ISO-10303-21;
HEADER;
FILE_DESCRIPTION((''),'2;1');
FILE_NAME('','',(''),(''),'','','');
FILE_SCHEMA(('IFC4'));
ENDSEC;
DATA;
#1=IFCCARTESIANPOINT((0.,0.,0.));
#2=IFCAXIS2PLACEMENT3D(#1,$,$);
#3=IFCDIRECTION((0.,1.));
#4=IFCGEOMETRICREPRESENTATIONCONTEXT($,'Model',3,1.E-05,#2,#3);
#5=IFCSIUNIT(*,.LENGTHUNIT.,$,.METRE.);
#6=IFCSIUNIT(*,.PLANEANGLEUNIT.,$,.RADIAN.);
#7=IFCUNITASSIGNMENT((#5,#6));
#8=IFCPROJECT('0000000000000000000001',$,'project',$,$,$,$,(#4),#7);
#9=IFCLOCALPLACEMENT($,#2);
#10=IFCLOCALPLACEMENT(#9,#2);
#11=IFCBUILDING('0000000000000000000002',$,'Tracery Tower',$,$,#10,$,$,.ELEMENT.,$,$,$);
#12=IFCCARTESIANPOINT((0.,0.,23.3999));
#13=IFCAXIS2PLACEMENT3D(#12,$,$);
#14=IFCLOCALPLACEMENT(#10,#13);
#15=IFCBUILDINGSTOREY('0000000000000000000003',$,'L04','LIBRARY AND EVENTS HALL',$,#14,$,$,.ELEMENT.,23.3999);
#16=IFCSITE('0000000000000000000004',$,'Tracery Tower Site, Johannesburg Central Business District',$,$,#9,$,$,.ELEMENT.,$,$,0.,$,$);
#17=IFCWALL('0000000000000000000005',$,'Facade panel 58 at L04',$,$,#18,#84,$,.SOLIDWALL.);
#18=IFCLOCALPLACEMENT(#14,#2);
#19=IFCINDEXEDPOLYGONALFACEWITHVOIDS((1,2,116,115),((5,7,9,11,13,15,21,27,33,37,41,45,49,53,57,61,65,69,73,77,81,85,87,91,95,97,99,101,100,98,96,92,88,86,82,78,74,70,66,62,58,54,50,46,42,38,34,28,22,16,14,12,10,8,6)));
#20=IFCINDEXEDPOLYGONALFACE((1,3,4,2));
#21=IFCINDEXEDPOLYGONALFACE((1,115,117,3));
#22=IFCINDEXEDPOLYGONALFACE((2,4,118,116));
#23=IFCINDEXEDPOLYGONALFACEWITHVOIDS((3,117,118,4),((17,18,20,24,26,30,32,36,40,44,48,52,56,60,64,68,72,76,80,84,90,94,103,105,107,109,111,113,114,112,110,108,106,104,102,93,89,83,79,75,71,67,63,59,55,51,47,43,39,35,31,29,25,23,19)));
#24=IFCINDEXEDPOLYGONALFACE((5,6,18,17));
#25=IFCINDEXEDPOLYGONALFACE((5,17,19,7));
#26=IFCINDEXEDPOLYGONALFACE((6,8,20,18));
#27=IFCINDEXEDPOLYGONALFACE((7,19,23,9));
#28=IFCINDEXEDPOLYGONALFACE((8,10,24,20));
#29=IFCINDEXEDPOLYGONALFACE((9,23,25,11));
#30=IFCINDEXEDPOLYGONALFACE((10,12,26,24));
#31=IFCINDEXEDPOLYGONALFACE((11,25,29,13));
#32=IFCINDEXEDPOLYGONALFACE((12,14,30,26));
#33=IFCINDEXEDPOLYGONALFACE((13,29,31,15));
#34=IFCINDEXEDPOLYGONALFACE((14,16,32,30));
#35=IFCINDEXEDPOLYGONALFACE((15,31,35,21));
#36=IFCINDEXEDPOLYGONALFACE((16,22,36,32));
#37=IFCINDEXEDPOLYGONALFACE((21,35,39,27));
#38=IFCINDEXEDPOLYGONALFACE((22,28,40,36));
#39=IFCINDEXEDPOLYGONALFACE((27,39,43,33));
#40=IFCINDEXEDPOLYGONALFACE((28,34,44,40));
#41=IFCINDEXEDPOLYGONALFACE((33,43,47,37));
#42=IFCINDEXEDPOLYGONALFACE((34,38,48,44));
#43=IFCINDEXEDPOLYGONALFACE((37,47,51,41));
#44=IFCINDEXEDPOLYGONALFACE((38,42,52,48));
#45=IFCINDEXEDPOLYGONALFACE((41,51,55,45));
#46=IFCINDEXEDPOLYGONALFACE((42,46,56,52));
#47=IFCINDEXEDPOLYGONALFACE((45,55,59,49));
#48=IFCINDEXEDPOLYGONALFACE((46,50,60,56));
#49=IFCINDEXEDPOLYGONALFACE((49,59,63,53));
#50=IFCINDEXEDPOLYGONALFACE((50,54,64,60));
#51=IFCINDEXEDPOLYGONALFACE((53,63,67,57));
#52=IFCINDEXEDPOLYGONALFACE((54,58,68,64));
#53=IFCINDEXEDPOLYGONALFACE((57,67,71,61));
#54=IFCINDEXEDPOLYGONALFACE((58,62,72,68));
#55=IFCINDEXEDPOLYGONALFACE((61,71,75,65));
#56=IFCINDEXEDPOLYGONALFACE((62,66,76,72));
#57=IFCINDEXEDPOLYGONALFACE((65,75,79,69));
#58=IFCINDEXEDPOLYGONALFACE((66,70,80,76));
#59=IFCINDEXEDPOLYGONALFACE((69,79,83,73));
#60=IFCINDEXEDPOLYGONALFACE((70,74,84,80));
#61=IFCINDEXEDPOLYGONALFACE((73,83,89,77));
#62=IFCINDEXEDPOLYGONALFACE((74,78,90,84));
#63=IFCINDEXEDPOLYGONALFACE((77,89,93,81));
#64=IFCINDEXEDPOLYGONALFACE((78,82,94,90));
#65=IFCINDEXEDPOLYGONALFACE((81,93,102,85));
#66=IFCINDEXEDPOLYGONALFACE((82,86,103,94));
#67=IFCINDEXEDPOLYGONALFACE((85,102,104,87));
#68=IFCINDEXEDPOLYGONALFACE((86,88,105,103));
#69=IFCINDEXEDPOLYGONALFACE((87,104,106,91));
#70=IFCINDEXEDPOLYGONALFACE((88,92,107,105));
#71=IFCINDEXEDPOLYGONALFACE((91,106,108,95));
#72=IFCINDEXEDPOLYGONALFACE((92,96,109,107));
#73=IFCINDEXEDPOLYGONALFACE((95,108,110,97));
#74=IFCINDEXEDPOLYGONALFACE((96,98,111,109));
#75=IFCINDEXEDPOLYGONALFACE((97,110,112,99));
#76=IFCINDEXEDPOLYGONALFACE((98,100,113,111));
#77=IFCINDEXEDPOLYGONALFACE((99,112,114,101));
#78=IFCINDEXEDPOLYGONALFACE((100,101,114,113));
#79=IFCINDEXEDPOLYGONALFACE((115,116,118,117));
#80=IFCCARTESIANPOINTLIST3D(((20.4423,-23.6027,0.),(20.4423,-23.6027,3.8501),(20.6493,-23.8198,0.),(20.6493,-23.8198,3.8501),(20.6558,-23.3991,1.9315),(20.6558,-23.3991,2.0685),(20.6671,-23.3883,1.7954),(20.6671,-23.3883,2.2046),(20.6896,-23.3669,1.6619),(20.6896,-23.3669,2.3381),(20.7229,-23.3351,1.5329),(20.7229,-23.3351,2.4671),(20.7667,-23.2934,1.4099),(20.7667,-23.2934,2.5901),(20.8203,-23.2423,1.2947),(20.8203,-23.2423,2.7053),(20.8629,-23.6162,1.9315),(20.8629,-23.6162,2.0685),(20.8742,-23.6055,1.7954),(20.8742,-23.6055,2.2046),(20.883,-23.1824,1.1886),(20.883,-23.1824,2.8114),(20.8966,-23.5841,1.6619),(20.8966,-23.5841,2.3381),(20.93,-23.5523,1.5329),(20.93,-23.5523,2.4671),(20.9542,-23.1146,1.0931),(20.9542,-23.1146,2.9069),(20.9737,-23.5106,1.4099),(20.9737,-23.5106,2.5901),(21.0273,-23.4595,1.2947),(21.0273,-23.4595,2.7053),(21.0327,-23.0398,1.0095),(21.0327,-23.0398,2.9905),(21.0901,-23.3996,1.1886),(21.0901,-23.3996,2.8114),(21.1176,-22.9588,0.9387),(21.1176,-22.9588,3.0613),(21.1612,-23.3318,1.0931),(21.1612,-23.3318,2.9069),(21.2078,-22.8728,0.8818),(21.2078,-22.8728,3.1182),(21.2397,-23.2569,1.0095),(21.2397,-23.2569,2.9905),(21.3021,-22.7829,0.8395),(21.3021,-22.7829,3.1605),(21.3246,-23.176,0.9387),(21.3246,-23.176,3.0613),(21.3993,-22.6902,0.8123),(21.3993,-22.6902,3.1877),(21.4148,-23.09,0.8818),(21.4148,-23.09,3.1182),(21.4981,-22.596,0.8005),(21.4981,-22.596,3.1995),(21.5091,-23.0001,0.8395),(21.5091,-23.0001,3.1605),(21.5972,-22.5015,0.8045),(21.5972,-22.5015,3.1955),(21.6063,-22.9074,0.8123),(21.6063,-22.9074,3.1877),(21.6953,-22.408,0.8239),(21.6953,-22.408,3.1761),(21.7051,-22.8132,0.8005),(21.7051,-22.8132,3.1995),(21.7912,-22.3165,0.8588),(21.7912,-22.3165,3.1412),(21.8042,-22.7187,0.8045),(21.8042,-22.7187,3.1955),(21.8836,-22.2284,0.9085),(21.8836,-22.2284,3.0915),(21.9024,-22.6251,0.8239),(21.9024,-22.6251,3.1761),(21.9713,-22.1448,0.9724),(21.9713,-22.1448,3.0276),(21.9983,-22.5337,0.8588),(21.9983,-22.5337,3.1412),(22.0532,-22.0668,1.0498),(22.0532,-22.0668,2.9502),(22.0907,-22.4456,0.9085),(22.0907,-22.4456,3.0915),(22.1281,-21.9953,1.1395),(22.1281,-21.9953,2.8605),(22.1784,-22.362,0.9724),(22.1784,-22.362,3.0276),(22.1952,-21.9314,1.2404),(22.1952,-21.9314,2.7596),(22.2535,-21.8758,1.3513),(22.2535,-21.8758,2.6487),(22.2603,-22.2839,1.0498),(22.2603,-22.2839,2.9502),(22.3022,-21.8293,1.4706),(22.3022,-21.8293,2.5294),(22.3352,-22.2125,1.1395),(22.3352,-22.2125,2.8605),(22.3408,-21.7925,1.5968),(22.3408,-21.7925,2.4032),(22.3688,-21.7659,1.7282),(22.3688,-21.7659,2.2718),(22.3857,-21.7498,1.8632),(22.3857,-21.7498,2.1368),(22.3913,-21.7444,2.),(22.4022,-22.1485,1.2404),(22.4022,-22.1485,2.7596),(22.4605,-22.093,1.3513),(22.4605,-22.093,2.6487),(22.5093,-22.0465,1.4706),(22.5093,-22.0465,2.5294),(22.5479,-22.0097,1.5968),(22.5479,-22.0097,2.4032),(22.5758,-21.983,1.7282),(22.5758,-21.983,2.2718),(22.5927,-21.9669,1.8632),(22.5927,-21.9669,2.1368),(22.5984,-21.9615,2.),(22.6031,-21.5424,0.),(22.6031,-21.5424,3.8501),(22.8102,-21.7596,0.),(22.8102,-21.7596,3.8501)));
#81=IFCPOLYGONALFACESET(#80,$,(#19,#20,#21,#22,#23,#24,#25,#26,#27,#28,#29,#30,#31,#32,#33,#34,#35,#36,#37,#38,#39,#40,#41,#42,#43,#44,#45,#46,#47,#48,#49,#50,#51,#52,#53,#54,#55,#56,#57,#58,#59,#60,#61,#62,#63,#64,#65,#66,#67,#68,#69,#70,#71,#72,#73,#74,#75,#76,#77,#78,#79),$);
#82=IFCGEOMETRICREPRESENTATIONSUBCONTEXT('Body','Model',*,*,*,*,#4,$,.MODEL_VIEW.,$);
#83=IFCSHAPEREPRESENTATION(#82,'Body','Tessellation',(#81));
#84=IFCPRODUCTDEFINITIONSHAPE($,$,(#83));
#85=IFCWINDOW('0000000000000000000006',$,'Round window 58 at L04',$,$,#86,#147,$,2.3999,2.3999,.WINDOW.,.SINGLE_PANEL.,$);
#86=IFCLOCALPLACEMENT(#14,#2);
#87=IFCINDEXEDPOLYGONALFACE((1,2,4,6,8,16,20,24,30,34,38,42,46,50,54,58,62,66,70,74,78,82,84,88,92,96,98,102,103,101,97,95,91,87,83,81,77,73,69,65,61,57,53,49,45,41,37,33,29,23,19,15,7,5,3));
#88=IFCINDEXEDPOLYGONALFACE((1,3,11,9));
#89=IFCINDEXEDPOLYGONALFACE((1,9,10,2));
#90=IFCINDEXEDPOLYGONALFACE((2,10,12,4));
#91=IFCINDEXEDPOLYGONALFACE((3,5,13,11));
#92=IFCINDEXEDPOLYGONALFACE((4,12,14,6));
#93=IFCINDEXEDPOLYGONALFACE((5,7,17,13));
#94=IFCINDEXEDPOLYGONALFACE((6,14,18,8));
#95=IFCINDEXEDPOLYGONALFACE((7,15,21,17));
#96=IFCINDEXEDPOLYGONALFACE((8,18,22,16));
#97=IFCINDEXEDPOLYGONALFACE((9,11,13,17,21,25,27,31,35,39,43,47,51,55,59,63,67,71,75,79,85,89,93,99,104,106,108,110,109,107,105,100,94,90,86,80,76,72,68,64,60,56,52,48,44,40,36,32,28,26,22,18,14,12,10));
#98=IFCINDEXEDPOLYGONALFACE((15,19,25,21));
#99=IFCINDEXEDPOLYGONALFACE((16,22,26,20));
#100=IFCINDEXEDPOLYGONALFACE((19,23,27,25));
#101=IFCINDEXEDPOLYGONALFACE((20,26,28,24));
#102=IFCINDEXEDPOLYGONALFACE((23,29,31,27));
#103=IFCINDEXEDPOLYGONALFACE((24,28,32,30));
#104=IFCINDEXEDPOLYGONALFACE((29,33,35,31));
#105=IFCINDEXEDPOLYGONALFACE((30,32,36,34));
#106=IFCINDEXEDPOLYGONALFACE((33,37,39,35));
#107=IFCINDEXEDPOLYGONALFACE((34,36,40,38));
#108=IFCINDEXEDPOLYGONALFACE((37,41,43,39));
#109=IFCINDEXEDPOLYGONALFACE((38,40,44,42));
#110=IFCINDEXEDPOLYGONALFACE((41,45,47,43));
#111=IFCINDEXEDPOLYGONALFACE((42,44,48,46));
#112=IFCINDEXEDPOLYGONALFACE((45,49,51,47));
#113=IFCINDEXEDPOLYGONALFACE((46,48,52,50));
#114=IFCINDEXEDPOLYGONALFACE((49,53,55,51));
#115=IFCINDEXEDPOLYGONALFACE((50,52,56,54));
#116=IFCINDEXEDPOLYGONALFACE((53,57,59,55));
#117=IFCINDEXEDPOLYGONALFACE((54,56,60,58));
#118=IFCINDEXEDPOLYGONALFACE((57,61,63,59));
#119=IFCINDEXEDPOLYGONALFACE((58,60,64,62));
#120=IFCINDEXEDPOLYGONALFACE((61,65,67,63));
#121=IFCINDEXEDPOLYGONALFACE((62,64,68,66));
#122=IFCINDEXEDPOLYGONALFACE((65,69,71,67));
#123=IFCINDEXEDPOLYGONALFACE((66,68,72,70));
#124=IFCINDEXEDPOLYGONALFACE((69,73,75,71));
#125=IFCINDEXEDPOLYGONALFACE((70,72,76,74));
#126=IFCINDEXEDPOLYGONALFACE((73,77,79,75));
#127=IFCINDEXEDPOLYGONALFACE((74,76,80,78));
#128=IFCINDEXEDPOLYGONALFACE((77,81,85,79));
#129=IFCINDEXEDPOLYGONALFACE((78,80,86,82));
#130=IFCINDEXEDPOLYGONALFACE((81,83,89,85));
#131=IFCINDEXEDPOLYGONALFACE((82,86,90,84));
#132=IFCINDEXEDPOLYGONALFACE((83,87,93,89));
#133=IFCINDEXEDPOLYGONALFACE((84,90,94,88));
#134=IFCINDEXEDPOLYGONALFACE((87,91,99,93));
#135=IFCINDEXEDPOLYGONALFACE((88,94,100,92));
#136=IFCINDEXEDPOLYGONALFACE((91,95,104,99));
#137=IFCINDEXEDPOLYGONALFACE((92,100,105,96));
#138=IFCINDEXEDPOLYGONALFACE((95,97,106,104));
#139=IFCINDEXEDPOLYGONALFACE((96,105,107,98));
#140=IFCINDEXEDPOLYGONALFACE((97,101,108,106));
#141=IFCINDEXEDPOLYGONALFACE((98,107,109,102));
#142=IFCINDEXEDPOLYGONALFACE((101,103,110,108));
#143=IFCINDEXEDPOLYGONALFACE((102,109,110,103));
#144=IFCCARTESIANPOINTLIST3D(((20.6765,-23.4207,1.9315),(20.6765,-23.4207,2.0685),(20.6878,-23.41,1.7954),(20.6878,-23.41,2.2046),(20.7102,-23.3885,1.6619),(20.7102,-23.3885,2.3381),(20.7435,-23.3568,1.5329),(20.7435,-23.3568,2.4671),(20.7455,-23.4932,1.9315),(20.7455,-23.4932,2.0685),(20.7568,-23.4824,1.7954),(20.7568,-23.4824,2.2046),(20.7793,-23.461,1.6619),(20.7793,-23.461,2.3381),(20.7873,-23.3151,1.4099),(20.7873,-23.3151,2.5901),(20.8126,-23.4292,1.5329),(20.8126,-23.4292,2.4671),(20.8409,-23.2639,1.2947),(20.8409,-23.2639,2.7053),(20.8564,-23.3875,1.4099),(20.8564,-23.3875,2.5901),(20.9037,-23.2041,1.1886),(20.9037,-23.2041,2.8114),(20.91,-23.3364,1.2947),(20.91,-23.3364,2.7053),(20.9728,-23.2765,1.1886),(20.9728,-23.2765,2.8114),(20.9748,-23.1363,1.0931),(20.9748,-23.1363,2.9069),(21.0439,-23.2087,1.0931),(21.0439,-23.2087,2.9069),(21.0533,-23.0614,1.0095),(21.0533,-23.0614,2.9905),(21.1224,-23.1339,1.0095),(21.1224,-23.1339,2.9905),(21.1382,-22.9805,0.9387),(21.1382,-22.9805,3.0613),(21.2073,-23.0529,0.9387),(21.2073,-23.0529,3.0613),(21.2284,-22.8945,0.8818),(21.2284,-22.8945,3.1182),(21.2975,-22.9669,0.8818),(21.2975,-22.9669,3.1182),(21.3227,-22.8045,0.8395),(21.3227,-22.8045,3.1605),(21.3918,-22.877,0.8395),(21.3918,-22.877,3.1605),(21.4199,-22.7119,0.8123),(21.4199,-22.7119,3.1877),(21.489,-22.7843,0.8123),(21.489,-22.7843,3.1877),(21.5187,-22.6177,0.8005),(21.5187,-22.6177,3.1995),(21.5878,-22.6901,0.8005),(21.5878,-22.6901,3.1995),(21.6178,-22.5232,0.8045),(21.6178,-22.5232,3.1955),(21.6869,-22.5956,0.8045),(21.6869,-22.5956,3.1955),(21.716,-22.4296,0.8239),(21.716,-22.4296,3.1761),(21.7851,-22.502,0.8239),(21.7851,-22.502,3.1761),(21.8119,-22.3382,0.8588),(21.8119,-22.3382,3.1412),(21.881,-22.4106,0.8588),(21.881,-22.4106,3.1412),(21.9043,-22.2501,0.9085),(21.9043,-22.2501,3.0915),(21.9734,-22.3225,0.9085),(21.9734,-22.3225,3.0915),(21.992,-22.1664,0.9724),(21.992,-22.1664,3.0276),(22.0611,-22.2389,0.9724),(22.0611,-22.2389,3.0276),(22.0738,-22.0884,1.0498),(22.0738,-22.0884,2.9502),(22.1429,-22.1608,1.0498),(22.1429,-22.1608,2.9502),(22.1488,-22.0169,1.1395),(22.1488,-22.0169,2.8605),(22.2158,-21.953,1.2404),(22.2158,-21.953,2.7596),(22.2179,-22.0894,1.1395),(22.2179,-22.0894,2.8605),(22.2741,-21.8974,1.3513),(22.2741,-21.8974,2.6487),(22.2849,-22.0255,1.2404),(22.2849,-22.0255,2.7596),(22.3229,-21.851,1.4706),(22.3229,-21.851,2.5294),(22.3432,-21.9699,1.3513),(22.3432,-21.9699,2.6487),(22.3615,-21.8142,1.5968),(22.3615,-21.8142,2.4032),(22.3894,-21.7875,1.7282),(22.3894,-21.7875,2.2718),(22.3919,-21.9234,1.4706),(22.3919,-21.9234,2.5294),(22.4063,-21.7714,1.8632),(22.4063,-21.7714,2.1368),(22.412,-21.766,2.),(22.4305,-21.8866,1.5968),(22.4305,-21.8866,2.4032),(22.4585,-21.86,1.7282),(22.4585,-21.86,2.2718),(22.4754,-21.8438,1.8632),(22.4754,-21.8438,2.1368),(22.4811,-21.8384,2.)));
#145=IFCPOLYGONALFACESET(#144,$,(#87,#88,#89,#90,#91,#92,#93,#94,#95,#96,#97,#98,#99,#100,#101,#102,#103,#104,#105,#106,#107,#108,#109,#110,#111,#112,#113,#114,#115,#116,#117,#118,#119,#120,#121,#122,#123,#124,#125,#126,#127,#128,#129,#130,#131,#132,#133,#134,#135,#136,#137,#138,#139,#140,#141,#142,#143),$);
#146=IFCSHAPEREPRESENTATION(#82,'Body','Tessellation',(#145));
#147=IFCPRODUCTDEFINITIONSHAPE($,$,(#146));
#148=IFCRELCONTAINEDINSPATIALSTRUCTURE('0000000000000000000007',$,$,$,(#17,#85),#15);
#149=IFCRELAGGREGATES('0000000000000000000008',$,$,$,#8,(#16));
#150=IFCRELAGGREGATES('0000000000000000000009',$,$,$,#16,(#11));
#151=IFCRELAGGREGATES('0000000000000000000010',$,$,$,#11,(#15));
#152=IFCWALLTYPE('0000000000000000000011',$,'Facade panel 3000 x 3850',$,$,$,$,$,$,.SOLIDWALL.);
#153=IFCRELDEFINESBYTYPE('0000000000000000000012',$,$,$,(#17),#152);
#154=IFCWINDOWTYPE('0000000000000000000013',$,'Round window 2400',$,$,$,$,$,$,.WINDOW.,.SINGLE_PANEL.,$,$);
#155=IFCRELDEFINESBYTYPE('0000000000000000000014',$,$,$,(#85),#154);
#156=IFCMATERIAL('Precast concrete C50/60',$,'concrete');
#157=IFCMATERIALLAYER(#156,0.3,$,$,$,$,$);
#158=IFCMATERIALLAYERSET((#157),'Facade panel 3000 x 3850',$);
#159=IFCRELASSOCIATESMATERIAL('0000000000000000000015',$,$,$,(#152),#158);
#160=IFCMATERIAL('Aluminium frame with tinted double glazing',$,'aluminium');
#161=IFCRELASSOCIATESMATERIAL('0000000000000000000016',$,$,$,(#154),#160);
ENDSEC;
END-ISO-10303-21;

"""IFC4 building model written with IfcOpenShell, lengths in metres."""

from ifc_helpers import new_model, si_unit, direction, frame, frame_2d, origin, origin_2d, place, context, subcontext, project, spatial, rectangle, circle, extrude, material, layer, layer_set, type_object, element, fill, save


model = new_model("IFC4")

# Units and contexts
model_context = context("Model", 3, precision=1e-05, world=origin(), true_north=direction((0.0, 1.0)))
body_context = subcontext(model_context, "Body", "Model", "MODEL_VIEW")
ifc_project = project(units=[si_unit("LENGTHUNIT", "METRE"), si_unit("PLANEANGLEUNIT", "RADIAN")], contexts=[model_context])

# Site, building, storey
site_placement = place(None, origin())
site = spatial("IfcSite", under=ifc_project, at=site_placement, Name="Tracery Tower Site, Johannesburg Central Business District", CompositionType="ELEMENT", RefElevation=0.0)
building_placement = place(site_placement, origin())
building = spatial("IfcBuilding", under=site, at=building_placement, Name="Tracery Tower", CompositionType="ELEMENT")
storey_placement = place(building_placement, frame((0.0, 0.0, 23.3999)))
storey = spatial("IfcBuildingStorey", under=building, at=storey_placement, Name="L04", Description="LIBRARY AND EVENTS HALL", CompositionType="ELEMENT", Elevation=23.3999)

# Wall, opening, window
ifc_material_1 = material(Name="Precast concrete C50/60", Category="concrete")
ifc_layer_1 = layer(ifc_material_1, 0.3)
ifc_layer_set_1 = layer_set([ifc_layer_1], Name="Facade panel 3000 x 3850")
wall_type_1 = type_object("IfcWallType", Name="Facade panel 3000 x 3850", PredefinedType="SOLIDWALL", material=ifc_layer_set_1)
ifc_material_2 = material(Name="Aluminium frame with tinted double glazing", Category="aluminium")
window_type = type_object("IfcWindowType", Name="Round window 2400", PartitioningType="SINGLE_PANEL", PredefinedType="WINDOW", material=ifc_material_2)
wall_1_placement = place(storey_placement, frame((20.5459, -23.7112, 0.0), z_axis=(0.0, 0.0, 1.0), x_axis=(0.723751, 0.690061, 0.0)))
wall_1 = element("IfcWall", 1, at=wall_1_placement, inside=storey, type_object=wall_type_1, Name="Facade panel 58 at L04", PredefinedType="SOLIDWALL", context=body_context, shape_type="SweptSolid", body=[
    extrude(rectangle(XDim=2.9856, YDim=0.3, at=frame_2d((1.4927, 0.0))), origin(), (0.0, 0.0, 1.0), 3.8501),
])
opening_1_placement = place(wall_1_placement, frame((1.4929, 0.0, 2.0)))
opening_1 = element("IfcOpeningElement", 2, at=opening_1_placement, cuts=wall_1, PredefinedType="OPENING", context=body_context, shape_type="SweptSolid", body=[
    extrude(circle(Radius=1.2, at=origin_2d()), frame((0.0, 0.1599, 0.0), z_axis=(0.0, -1.0, 0.0), x_axis=(1.0, 0.0, 0.0)), (0.0, 0.0, 1.0), 0.3201),
])
window_1_placement = place(opening_1_placement, origin())
window_1 = element("IfcWindow", 3, at=window_1_placement, inside=storey, type_object=window_type, Name="Round window 58 at L04", OverallHeight=2.3999, OverallWidth=2.3999, PartitioningType="SINGLE_PANEL", PredefinedType="WINDOW", context=body_context, shape_type="SweptSolid", body=[
    extrude(circle(Radius=1.2, at=origin_2d()), frame((0.0, 0.1201, 0.0), z_axis=(0.0, -1.0, 0.0), x_axis=(1.0, 0.0, 0.0)), (0.0, 0.0, 1.0), 0.1001),
])
fill(opening_1, window_1)

save(model, "model.ifc")
